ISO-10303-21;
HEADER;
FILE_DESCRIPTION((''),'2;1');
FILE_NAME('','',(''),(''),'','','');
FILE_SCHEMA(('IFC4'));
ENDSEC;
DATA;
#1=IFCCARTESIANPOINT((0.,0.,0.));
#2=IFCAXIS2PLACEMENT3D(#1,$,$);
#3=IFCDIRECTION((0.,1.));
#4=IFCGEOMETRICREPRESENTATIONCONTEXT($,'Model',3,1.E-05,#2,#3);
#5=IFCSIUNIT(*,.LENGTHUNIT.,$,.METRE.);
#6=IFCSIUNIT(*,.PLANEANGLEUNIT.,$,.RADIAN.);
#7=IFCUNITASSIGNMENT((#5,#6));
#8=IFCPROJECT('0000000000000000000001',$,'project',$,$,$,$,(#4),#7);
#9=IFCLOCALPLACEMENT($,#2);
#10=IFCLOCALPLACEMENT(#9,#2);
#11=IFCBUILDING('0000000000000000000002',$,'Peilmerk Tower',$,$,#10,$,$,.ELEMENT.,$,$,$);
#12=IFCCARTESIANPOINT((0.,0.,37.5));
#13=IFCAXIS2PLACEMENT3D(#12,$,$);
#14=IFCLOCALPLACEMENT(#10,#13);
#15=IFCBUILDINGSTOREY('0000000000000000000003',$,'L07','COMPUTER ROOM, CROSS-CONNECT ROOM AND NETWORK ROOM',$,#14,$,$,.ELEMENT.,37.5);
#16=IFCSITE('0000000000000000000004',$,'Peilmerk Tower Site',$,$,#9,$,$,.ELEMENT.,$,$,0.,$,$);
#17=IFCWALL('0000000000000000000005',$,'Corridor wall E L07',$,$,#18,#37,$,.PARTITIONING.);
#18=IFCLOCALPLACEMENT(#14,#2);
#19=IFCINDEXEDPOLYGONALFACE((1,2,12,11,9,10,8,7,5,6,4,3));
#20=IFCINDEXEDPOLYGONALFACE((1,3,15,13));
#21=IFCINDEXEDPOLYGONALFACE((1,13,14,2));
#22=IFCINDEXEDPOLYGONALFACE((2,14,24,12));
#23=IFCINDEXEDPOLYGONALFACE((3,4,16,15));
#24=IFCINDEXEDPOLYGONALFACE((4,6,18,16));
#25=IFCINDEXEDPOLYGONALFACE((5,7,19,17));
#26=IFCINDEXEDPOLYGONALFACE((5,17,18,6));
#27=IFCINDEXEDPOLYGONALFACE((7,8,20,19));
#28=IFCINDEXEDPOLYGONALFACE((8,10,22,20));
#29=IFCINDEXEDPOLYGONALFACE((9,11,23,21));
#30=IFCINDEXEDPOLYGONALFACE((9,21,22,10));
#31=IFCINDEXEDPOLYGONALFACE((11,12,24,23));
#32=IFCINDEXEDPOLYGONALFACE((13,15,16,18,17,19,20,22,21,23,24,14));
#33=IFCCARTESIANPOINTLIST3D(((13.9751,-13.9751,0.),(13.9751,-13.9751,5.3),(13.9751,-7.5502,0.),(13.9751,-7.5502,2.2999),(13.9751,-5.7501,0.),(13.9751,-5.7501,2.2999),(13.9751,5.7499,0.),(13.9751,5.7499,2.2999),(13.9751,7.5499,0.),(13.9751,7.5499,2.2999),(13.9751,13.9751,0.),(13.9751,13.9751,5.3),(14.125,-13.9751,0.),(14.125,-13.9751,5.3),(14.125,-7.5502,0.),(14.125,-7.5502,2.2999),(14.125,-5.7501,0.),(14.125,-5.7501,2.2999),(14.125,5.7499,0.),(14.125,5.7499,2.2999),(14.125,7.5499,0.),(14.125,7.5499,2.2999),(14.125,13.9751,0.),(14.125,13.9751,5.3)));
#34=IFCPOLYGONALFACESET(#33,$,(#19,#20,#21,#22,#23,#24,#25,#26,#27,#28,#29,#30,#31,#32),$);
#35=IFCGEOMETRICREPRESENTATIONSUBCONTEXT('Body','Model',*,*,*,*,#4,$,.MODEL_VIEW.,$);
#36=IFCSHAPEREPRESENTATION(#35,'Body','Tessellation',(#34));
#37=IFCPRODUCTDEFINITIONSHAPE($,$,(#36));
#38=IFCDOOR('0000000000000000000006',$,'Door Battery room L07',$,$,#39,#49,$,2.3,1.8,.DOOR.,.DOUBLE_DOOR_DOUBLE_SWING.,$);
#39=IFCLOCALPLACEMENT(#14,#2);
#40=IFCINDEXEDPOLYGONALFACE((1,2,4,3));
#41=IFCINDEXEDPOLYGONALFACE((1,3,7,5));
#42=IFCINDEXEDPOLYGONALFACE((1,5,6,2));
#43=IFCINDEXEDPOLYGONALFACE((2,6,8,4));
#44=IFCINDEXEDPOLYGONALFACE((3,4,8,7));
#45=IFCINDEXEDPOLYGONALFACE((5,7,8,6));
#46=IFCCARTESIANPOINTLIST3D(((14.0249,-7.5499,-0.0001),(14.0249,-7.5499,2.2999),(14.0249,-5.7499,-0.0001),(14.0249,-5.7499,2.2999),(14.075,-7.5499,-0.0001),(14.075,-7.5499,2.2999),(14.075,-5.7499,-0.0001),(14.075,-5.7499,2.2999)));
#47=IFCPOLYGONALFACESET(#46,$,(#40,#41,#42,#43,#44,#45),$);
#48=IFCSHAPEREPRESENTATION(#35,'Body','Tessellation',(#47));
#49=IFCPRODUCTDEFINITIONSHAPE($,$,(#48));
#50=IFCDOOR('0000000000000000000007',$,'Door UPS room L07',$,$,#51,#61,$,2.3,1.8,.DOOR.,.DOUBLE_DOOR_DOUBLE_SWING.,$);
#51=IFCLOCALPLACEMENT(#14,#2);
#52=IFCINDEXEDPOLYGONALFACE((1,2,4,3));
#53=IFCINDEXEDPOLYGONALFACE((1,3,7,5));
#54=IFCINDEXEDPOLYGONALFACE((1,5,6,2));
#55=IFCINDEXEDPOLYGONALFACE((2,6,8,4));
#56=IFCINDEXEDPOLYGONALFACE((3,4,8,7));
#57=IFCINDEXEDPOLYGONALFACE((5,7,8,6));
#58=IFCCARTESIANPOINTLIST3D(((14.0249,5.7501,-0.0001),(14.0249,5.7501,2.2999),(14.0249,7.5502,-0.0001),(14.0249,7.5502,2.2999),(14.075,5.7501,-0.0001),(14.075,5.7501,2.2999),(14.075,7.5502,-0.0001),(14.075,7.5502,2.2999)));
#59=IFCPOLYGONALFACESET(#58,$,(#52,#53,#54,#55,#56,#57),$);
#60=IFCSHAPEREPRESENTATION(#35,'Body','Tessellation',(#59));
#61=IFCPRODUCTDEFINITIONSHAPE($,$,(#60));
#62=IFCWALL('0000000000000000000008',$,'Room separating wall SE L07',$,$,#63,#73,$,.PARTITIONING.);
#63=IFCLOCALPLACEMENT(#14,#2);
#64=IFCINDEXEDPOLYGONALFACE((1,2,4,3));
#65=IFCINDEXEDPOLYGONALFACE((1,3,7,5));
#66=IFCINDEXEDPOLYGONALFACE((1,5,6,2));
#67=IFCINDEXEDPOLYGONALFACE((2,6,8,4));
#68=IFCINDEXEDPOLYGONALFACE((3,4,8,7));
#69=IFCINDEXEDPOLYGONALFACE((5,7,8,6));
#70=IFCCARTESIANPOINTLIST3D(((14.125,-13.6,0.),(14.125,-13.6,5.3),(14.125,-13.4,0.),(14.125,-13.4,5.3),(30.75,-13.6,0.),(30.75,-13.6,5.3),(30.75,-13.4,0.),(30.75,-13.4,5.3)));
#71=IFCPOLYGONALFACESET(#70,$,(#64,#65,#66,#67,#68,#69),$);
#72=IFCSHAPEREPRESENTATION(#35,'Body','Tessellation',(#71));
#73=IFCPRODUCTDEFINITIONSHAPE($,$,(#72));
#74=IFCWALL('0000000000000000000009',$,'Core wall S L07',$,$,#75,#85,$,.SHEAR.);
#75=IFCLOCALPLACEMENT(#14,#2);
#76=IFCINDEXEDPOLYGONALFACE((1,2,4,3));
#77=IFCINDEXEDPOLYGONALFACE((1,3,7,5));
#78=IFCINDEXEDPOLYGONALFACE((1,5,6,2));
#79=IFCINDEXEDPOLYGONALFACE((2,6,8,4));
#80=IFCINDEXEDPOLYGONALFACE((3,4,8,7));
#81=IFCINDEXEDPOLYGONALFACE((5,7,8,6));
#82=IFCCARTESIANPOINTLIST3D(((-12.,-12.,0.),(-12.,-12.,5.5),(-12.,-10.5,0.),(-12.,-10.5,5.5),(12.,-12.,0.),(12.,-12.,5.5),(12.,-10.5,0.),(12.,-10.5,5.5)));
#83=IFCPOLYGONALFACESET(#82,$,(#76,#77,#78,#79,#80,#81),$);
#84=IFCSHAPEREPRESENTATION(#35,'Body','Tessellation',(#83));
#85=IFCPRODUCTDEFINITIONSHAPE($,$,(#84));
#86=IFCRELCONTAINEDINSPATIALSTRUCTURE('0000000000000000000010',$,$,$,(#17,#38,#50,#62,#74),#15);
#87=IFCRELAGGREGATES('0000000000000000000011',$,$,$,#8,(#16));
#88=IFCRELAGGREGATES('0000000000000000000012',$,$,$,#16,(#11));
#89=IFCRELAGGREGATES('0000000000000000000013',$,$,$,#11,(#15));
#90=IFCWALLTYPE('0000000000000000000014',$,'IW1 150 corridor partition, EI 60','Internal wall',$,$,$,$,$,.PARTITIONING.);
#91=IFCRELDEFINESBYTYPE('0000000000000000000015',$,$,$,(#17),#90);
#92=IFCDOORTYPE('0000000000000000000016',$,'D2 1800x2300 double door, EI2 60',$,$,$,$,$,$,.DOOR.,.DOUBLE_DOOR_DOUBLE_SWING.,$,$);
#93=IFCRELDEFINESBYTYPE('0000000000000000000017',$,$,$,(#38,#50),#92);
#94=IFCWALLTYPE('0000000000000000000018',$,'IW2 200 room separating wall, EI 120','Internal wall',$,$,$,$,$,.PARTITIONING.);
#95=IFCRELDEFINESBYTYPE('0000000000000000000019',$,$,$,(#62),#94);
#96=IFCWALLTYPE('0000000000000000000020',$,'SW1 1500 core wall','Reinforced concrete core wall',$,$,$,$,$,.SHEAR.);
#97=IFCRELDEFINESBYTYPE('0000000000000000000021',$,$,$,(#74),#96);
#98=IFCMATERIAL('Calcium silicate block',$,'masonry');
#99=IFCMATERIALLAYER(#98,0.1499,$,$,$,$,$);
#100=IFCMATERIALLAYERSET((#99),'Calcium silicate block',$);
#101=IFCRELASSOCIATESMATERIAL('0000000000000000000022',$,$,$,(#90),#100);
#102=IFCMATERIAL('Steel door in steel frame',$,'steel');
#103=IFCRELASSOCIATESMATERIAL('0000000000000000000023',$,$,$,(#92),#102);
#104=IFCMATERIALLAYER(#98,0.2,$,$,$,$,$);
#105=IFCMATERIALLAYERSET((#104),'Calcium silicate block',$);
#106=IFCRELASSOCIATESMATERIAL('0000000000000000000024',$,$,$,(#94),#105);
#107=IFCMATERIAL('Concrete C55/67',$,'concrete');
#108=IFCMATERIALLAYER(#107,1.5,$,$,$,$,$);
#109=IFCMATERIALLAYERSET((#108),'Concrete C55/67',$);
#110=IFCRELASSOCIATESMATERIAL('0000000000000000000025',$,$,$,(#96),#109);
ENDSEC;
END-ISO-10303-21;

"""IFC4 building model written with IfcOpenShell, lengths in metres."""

from ifc_helpers import new_model, si_unit, direction, frame, frame_2d, origin, place, context, subcontext, project, spatial, rectangle, extrude, material, layer, layer_set, type_object, element, fill, save


model = new_model("IFC4")

# Units and contexts
model_context = context("Model", 3, precision=1e-05, world=origin(), true_north=direction((0.0, 1.0)))
body_context = subcontext(model_context, "Body", "Model", "MODEL_VIEW")
ifc_project = project(units=[si_unit("LENGTHUNIT", "METRE"), si_unit("PLANEANGLEUNIT", "RADIAN")], contexts=[model_context])

# Site, building, storey
site_placement = place(None, origin())
site = spatial("IfcSite", under=ifc_project, at=site_placement, Name="Peilmerk Tower Site", CompositionType="ELEMENT", RefElevation=0.0)
building_placement = place(site_placement, origin())
building = spatial("IfcBuilding", under=site, at=building_placement, Name="Peilmerk Tower", CompositionType="ELEMENT")
storey_placement = place(building_placement, frame((0.0, 0.0, 37.5)))
storey = spatial("IfcBuildingStorey", under=building, at=storey_placement, Name="L07", Description="COMPUTER ROOM, CROSS-CONNECT ROOM AND NETWORK ROOM", CompositionType="ELEMENT", Elevation=37.5)

# Wall, openings, doors
ifc_material_1 = material(Name="Calcium silicate block", Category="masonry")
ifc_layer_1 = layer(ifc_material_1, 0.1499)
ifc_layer_set_1 = layer_set([ifc_layer_1], Name="Calcium silicate block")
wall_type_1 = type_object("IfcWallType", Name="IW1 150 corridor partition, EI 60", Description="Internal wall", PredefinedType="PARTITIONING", material=ifc_layer_set_1)
ifc_material_2 = material(Name="Steel door in steel frame", Category="steel")
door_type = type_object("IfcDoorType", Name="D2 1800x2300 double door, EI2 60", OperationType="DOUBLE_DOOR_DOUBLE_SWING", PredefinedType="DOOR", material=ifc_material_2)
wall_1_placement = place(storey_placement, frame((14.05, -13.9751, 0.0), z_axis=(0.0, 0.0, 1.0), x_axis=(0.0, 1.0, 0.0)))
wall_1 = element("IfcWall", 1, at=wall_1_placement, inside=storey, type_object=wall_type_1, Name="Corridor wall E L07", PredefinedType="PARTITIONING", context=body_context, shape_type="SweptSolid", body=[
    extrude(rectangle(XDim=27.9502, YDim=0.1499, at=frame_2d((13.9751, 0.0))), origin(), (0.0, 0.0, 1.0), 5.3),
])
opening_1_placement = place(wall_1_placement, frame((6.425, 0.0, 0.0)))
opening_1 = element("IfcOpeningElement", 2, at=opening_1_placement, cuts=wall_1, PredefinedType="OPENING", context=body_context, shape_type="SweptSolid", body=[
    extrude(rectangle(XDim=1.8, YDim=2.3, at=frame_2d((0.8999, 1.1499))), frame((0.0, 0.085, 0.0), z_axis=(0.0, -1.0, 0.0), x_axis=(1.0, 0.0, 0.0)), (0.0, 0.0, 1.0), 0.1699),
])
opening_2_placement = place(wall_1_placement, frame((19.7251, 0.0, 0.0)))
opening_2 = element("IfcOpeningElement", 3, at=opening_2_placement, cuts=wall_1, PredefinedType="OPENING", context=body_context, shape_type="SweptSolid", body=[
    extrude(rectangle(XDim=1.8, YDim=2.3, at=frame_2d((0.8999, 1.1499))), frame((0.0, 0.085, 0.0), z_axis=(0.0, -1.0, 0.0), x_axis=(1.0, 0.0, 0.0)), (0.0, 0.0, 1.0), 0.1699),
])
door_1_placement = place(opening_1_placement, frame((1.8, 0.0, 0.0), z_axis=(0.0, 0.0, 1.0), x_axis=(-1.0, 0.0, 0.0)))
door_1 = element("IfcDoor", 4, at=door_1_placement, inside=storey, type_object=door_type, Name="Door Battery room L07", OperationType="DOUBLE_DOOR_DOUBLE_SWING", OverallHeight=2.3, OverallWidth=1.8, PredefinedType="DOOR", context=body_context, shape_type="SweptSolid", body=[
    extrude(rectangle(XDim=1.8, YDim=2.3, at=frame_2d((0.8999, 1.1499))), frame((0.0, 0.0249, 0.0), z_axis=(0.0, -1.0, 0.0), x_axis=(1.0, 0.0, 0.0)), (0.0, 0.0, 1.0), 0.05),
])
fill(opening_1, door_1)
door_2_placement = place(opening_2_placement, frame((1.8, 0.0, 0.0), z_axis=(0.0, 0.0, 1.0), x_axis=(-1.0, 0.0, 0.0)))
door_2 = element("IfcDoor", 5, at=door_2_placement, inside=storey, type_object=door_type, Name="Door UPS room L07", OperationType="DOUBLE_DOOR_DOUBLE_SWING", OverallHeight=2.3, OverallWidth=1.8, PredefinedType="DOOR", context=body_context, shape_type="SweptSolid", body=[
    extrude(rectangle(XDim=1.8, YDim=2.3, at=frame_2d((0.8999, 1.1499))), frame((0.0, 0.0249, 0.0), z_axis=(0.0, -1.0, 0.0), x_axis=(1.0, 0.0, 0.0)), (0.0, 0.0, 1.0), 0.05),
])
fill(opening_2, door_2)

# Walls
ifc_layer_2 = layer(ifc_material_1, 0.2)
ifc_layer_set_2 = layer_set([ifc_layer_2], Name="Calcium silicate block")
wall_type_2 = type_object("IfcWallType", Name="IW2 200 room separating wall, EI 120", Description="Internal wall", PredefinedType="PARTITIONING", material=ifc_layer_set_2)
wall_2_placement = place(storey_placement, frame((30.75, -13.5, 0.0), z_axis=(0.0, 0.0, 1.0), x_axis=(-1.0, 0.0, 0.0)))
element("IfcWall", 6, at=wall_2_placement, inside=storey, type_object=wall_type_2, Name="Room separating wall SE L07", PredefinedType="PARTITIONING", context=body_context, shape_type="SweptSolid", body=[
    extrude(rectangle(XDim=16.625, YDim=0.2, at=frame_2d((8.3125, 0.0))), origin(), (0.0, 0.0, 1.0), 5.3),
])
ifc_material_3 = material(Name="Concrete C55/67", Category="concrete")
ifc_layer_3 = layer(ifc_material_3, 1.5)
ifc_layer_set_3 = layer_set([ifc_layer_3], Name="Concrete C55/67")
wall_type_3 = type_object("IfcWallType", Name="SW1 1500 core wall", Description="Reinforced concrete core wall", PredefinedType="SHEAR", material=ifc_layer_set_3)
wall_3_placement = place(storey_placement, frame((12.0, -11.25, 0.0), z_axis=(0.0, 0.0, 1.0), x_axis=(-1.0, 0.0, 0.0)))
element("IfcWall", 7, at=wall_3_placement, inside=storey, type_object=wall_type_3, Name="Core wall S L07", PredefinedType="SHEAR", context=body_context, shape_type="SweptSolid", body=[
    extrude(rectangle(XDim=24.0, YDim=1.5, at=frame_2d((12.0, 0.0))), origin(), (0.0, 0.0, 1.0), 5.5),
])

save(model, "model.ifc")
